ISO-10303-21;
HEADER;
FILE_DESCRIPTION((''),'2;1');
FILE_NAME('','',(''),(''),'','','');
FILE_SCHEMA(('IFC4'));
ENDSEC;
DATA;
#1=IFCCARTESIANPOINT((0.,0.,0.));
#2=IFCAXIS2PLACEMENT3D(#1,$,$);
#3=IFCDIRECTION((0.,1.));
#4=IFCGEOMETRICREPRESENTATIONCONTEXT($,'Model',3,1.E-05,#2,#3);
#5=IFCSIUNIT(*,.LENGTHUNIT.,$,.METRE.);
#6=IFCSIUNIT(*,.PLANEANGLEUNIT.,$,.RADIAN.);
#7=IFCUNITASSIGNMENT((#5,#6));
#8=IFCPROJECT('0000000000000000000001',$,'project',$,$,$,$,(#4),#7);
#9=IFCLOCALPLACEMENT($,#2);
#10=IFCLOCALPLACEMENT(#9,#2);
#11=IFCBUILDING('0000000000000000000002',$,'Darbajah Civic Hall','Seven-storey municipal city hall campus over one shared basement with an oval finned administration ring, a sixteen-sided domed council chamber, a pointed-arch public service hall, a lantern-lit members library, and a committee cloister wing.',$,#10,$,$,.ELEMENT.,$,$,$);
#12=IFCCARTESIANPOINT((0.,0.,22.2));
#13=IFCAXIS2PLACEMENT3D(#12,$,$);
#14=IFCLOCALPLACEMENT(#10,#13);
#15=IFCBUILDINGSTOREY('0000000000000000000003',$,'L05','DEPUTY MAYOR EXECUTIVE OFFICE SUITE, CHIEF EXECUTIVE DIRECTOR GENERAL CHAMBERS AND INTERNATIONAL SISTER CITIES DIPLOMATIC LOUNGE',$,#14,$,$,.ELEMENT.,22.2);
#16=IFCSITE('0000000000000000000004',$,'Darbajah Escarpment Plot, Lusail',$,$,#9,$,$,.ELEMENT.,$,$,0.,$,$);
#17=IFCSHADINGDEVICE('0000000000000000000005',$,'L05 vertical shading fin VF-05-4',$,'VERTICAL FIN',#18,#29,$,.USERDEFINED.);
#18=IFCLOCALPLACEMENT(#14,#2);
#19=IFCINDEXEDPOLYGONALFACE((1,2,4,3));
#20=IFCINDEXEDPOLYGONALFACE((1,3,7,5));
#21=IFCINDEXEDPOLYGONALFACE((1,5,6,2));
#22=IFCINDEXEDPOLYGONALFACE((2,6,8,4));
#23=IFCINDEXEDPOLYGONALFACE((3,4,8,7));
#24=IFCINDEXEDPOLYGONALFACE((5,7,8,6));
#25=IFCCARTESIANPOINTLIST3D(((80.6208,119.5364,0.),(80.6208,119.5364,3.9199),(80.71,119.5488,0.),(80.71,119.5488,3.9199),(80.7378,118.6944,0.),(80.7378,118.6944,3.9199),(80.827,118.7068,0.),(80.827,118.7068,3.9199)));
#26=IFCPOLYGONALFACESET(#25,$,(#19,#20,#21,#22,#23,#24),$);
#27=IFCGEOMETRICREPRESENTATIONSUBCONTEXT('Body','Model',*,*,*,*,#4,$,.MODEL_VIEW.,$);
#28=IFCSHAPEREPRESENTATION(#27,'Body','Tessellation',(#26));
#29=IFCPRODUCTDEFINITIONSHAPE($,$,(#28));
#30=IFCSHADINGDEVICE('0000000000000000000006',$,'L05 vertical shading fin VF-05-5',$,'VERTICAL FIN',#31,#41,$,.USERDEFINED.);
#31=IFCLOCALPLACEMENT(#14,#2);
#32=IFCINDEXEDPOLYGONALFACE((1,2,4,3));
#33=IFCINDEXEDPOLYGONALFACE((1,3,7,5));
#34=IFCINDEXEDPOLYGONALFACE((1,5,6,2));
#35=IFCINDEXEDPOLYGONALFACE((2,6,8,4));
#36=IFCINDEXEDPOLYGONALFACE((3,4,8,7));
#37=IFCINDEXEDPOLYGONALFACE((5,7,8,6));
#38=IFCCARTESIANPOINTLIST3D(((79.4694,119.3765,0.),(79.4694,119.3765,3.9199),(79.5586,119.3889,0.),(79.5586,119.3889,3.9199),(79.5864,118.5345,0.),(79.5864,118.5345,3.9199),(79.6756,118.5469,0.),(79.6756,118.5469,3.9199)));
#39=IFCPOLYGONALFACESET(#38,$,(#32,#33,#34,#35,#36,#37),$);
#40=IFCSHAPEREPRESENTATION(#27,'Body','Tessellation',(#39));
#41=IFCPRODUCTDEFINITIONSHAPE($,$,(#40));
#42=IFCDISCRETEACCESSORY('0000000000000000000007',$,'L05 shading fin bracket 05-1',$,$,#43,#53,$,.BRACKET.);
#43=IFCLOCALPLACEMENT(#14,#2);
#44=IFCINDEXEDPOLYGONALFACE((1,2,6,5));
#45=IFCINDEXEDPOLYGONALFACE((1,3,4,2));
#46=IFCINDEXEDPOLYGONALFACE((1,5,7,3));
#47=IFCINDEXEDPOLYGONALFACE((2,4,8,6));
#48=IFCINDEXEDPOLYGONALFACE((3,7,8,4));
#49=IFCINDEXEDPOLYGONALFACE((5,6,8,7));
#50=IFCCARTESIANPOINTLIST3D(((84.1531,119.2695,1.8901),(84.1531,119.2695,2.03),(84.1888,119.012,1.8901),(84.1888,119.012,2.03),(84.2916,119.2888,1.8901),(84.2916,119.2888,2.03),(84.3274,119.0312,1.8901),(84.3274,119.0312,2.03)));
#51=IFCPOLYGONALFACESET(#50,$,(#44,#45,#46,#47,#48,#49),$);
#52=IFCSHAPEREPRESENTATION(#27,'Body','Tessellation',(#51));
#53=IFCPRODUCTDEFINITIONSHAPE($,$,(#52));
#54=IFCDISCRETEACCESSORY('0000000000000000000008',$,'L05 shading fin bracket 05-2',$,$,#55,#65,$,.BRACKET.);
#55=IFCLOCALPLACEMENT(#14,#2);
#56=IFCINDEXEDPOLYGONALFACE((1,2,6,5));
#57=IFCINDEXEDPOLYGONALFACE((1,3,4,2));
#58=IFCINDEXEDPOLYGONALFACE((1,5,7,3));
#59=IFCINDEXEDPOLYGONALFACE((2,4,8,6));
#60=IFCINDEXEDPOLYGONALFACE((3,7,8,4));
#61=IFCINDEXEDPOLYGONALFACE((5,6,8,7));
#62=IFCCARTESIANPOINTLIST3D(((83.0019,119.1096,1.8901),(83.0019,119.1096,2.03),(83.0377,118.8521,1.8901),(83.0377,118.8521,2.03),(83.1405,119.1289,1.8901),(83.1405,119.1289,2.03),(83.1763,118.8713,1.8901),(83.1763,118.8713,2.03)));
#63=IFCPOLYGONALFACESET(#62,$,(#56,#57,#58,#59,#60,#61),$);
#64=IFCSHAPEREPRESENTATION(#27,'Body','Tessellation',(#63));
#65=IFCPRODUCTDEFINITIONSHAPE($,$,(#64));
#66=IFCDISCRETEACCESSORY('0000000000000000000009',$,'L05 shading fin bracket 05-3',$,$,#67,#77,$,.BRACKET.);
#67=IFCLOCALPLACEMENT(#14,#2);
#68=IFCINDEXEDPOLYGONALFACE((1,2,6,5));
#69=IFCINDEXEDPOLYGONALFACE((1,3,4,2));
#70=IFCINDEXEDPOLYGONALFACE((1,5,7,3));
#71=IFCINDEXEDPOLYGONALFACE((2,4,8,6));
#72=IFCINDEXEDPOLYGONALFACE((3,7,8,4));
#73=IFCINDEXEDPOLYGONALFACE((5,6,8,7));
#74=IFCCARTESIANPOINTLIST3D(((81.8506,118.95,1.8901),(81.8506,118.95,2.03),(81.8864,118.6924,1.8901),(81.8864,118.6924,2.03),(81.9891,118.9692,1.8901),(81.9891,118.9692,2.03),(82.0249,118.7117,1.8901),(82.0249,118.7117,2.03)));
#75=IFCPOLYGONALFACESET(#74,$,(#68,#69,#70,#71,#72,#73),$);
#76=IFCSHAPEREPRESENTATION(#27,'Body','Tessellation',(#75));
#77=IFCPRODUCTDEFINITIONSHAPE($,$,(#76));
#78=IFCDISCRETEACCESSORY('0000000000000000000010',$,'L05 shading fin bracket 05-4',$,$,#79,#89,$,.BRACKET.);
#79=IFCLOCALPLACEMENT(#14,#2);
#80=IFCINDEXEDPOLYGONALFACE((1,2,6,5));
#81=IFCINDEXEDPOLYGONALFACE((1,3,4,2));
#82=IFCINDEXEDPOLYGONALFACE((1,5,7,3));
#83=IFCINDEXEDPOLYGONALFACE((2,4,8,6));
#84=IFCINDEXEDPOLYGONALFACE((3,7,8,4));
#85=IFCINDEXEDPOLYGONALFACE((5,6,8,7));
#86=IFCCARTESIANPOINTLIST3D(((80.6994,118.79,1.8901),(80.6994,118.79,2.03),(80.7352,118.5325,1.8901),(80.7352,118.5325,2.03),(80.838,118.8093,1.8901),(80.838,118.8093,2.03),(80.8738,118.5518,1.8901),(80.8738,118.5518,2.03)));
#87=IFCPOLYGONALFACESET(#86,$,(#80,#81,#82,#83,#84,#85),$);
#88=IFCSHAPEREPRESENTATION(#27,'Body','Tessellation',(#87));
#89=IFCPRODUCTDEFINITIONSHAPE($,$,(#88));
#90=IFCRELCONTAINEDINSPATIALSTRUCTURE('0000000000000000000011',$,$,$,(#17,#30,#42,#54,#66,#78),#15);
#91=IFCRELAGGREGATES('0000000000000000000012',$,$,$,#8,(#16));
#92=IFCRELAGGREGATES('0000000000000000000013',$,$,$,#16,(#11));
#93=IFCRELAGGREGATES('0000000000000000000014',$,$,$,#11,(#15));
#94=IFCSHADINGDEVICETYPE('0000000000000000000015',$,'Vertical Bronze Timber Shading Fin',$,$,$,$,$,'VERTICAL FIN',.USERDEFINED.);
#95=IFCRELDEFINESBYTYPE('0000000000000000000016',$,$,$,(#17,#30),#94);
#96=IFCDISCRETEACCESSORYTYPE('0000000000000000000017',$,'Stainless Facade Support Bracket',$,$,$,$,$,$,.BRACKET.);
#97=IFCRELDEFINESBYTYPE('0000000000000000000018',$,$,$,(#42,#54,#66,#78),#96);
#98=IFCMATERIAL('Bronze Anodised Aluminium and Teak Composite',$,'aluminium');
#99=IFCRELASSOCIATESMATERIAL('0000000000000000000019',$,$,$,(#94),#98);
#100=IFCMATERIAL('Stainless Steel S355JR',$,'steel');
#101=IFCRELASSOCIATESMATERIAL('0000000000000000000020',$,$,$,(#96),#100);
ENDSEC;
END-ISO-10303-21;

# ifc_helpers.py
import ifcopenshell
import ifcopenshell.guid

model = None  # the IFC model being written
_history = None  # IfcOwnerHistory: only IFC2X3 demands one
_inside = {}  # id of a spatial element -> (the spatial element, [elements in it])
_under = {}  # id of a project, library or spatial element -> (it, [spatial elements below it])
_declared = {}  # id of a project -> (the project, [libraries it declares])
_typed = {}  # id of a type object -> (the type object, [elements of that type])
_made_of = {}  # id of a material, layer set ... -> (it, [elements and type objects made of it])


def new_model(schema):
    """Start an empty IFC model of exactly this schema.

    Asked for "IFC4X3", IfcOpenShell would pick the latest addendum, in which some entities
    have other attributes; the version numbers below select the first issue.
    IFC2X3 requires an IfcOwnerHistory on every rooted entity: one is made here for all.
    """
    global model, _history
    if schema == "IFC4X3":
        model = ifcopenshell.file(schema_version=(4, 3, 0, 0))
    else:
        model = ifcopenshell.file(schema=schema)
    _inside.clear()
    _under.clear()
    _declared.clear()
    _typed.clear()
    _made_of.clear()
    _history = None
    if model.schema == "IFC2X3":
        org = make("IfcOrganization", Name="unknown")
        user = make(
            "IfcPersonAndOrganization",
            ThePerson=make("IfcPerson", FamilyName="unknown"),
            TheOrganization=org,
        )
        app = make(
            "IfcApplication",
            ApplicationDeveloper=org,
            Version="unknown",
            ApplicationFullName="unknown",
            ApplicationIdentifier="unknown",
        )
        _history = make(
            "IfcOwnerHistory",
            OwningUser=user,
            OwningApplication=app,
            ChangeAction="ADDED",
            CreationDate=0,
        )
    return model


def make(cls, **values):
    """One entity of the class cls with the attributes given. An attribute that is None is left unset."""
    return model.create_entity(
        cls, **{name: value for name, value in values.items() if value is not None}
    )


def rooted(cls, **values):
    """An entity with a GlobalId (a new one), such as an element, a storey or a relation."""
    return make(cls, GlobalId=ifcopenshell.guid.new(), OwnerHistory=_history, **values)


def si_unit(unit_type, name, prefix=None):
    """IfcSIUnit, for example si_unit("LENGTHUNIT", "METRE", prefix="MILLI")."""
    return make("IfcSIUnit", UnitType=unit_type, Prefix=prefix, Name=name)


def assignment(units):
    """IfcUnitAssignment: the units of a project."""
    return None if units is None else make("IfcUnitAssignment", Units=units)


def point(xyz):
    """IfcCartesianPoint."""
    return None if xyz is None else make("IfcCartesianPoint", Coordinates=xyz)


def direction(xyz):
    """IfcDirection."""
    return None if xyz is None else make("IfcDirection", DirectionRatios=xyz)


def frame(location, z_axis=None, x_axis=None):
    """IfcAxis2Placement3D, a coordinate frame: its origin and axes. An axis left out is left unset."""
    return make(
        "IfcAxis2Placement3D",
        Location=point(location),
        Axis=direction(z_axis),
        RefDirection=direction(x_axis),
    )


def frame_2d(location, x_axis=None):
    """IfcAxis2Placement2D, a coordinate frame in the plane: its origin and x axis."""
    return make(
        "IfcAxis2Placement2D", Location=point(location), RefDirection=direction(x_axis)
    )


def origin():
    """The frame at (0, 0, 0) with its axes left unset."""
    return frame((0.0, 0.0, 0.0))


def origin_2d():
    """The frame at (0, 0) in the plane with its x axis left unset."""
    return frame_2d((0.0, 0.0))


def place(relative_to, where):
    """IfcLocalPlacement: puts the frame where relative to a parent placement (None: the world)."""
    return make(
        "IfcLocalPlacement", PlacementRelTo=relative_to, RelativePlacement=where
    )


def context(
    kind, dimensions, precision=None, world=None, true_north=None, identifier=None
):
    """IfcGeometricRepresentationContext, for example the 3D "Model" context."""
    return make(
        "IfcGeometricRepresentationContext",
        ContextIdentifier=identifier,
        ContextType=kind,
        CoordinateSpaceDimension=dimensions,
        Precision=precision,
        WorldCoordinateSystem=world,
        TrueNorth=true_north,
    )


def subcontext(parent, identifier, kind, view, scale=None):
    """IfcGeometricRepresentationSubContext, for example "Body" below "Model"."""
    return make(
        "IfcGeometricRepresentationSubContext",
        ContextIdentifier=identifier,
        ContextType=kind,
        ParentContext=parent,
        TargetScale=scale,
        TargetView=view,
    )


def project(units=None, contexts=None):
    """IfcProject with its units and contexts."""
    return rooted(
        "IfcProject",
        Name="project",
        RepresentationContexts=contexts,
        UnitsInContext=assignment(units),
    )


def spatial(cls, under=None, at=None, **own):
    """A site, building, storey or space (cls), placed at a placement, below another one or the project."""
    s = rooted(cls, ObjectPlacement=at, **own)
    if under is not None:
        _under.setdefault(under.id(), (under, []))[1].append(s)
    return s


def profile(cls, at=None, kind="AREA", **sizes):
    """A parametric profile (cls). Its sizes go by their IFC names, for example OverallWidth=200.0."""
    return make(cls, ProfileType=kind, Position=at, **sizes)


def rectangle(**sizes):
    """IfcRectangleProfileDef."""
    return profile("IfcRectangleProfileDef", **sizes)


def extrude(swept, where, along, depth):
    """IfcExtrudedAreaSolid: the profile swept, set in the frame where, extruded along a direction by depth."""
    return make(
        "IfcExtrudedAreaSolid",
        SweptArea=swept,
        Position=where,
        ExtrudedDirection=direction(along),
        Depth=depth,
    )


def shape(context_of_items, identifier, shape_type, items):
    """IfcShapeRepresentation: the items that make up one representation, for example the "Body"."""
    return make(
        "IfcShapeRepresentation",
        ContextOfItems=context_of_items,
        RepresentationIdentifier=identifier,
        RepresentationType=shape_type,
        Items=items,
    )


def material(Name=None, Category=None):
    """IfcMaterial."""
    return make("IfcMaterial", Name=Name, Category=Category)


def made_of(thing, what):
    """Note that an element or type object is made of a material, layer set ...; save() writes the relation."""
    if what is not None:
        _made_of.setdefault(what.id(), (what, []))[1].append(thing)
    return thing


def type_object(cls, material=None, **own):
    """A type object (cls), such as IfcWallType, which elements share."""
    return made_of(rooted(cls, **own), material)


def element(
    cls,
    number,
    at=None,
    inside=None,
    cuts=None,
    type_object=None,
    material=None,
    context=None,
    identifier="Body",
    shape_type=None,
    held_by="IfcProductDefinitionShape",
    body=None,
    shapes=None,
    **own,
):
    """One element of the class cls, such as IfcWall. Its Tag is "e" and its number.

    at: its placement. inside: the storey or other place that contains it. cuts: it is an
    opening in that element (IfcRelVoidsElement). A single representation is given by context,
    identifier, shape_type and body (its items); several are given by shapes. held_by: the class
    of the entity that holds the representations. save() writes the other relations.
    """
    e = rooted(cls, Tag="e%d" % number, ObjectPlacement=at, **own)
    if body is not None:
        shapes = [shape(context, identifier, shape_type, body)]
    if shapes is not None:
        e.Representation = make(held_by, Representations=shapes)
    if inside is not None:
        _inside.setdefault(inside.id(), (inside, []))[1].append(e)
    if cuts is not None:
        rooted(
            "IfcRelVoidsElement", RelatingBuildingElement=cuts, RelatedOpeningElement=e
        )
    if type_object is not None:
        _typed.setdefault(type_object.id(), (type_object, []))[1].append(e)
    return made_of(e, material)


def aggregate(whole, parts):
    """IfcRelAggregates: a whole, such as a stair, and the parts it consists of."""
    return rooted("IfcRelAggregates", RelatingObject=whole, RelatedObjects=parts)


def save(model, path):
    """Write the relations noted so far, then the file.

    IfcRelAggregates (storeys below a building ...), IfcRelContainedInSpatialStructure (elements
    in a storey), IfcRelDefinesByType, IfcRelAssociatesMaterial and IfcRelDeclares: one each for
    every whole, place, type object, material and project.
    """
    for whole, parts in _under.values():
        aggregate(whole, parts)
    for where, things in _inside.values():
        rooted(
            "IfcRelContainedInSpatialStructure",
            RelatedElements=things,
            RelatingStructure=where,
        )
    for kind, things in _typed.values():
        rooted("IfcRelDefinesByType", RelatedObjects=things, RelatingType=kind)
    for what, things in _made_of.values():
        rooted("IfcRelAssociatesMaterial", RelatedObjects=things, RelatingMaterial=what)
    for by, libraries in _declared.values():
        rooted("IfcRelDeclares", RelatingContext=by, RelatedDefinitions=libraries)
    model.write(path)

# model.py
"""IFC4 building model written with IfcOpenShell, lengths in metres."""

from ifc_helpers import new_model, si_unit, direction, frame, origin, origin_2d, place, context, subcontext, project, spatial, rectangle, extrude, material, type_object, element, save


model = new_model("IFC4")

# Units and contexts
model_context = context("Model", 3, precision=1e-05, world=origin(), true_north=direction((0.0, 1.0)))
body_context = subcontext(model_context, "Body", "Model", "MODEL_VIEW")
ifc_project = project(units=[si_unit("LENGTHUNIT", "METRE"), si_unit("PLANEANGLEUNIT", "RADIAN")], contexts=[model_context])

# Site, building, storey
site_placement = place(None, origin())
site = spatial("IfcSite", under=ifc_project, at=site_placement, Name="Darbajah Escarpment Plot, Lusail", CompositionType="ELEMENT", RefElevation=0.0)
building_placement = place(site_placement, origin())
building = spatial("IfcBuilding", under=site, at=building_placement, Name="Darbajah Civic Hall", Description="Seven-storey municipal city hall campus over one shared basement with an oval finned administration ring, a sixteen-sided domed council chamber, a pointed-arch public service hall, a lantern-lit members library, and a committee cloister wing.", CompositionType="ELEMENT")
storey_placement = place(building_placement, frame((0.0, 0.0, 22.2)))
storey = spatial("IfcBuildingStorey", under=building, at=storey_placement, Name="L05", Description="DEPUTY MAYOR EXECUTIVE OFFICE SUITE, CHIEF EXECUTIVE DIRECTOR GENERAL CHAMBERS AND INTERNATIONAL SISTER CITIES DIPLOMATIC LOUNGE", CompositionType="ELEMENT", Elevation=22.2)

# Shading devices
ifc_material_1 = material(Name="Bronze Anodised Aluminium and Teak Composite", Category="aluminium")
shading_device_type = type_object("IfcShadingDeviceType", Name="Vertical Bronze Timber Shading Fin", ElementType="VERTICAL FIN", PredefinedType="USERDEFINED", material=ifc_material_1)
for number, where, z_axis, x_axis, name in (
    (1, (80.7239, 119.1216, 0.0), (0.0, 0.0, 1.0), (-0.137617, 0.990485, 0.0), "L05 vertical shading fin VF-05-4"),
    (2, (79.5725, 118.9617, 0.0), (0.0, 0.0, 1.0), (-0.137617, 0.990485, 0.0), "L05 vertical shading fin VF-05-5"),
):
    element("IfcShadingDevice", number, at=place(storey_placement, frame(where, z_axis=z_axis, x_axis=x_axis)), inside=storey, type_object=shading_device_type, Name=name, ObjectType="VERTICAL FIN", PredefinedType="USERDEFINED", context=body_context, shape_type="SweptSolid", body=[
        extrude(rectangle(XDim=0.8501, YDim=0.0901, at=origin_2d()), origin(), (0.0, 0.0, 1.0), 3.9199),
    ])

# Discrete accessories
ifc_material_2 = material(Name="Stainless Steel S355JR", Category="steel")
discrete_accessory_type = type_object("IfcDiscreteAccessoryType", Name="Stainless Facade Support Bracket", PredefinedType="BRACKET", material=ifc_material_2)
for number, where, z_axis, x_axis, name in (
    (3, (84.2402, 119.1504, 1.8901), (0.0, 0.0, 1.0), (-0.137617, 0.990485, 0.0), "L05 shading fin bracket 05-1"),
    (4, (83.0891, 118.9905, 1.8901), (0.0, 0.0, 1.0), (-0.137617, 0.990485, 0.0), "L05 shading fin bracket 05-2"),
    (5, (81.9377, 118.8308, 1.8901), (0.0, 0.0, 1.0), (-0.137617, 0.990485, 0.0), "L05 shading fin bracket 05-3"),
    (6, (80.7866, 118.6709, 1.8901), (0.0, 0.0, 1.0), (-0.137617, 0.990485, 0.0), "L05 shading fin bracket 05-4"),
):
    element("IfcDiscreteAccessory", number, at=place(storey_placement, frame(where, z_axis=z_axis, x_axis=x_axis)), inside=storey, type_object=discrete_accessory_type, Name=name, PredefinedType="BRACKET", context=body_context, shape_type="SweptSolid", body=[
        extrude(rectangle(XDim=0.26, YDim=0.1399, at=origin_2d()), origin(), (0.0, 0.0, 1.0), 0.1399),
    ])

save(model, "model.ifc")
